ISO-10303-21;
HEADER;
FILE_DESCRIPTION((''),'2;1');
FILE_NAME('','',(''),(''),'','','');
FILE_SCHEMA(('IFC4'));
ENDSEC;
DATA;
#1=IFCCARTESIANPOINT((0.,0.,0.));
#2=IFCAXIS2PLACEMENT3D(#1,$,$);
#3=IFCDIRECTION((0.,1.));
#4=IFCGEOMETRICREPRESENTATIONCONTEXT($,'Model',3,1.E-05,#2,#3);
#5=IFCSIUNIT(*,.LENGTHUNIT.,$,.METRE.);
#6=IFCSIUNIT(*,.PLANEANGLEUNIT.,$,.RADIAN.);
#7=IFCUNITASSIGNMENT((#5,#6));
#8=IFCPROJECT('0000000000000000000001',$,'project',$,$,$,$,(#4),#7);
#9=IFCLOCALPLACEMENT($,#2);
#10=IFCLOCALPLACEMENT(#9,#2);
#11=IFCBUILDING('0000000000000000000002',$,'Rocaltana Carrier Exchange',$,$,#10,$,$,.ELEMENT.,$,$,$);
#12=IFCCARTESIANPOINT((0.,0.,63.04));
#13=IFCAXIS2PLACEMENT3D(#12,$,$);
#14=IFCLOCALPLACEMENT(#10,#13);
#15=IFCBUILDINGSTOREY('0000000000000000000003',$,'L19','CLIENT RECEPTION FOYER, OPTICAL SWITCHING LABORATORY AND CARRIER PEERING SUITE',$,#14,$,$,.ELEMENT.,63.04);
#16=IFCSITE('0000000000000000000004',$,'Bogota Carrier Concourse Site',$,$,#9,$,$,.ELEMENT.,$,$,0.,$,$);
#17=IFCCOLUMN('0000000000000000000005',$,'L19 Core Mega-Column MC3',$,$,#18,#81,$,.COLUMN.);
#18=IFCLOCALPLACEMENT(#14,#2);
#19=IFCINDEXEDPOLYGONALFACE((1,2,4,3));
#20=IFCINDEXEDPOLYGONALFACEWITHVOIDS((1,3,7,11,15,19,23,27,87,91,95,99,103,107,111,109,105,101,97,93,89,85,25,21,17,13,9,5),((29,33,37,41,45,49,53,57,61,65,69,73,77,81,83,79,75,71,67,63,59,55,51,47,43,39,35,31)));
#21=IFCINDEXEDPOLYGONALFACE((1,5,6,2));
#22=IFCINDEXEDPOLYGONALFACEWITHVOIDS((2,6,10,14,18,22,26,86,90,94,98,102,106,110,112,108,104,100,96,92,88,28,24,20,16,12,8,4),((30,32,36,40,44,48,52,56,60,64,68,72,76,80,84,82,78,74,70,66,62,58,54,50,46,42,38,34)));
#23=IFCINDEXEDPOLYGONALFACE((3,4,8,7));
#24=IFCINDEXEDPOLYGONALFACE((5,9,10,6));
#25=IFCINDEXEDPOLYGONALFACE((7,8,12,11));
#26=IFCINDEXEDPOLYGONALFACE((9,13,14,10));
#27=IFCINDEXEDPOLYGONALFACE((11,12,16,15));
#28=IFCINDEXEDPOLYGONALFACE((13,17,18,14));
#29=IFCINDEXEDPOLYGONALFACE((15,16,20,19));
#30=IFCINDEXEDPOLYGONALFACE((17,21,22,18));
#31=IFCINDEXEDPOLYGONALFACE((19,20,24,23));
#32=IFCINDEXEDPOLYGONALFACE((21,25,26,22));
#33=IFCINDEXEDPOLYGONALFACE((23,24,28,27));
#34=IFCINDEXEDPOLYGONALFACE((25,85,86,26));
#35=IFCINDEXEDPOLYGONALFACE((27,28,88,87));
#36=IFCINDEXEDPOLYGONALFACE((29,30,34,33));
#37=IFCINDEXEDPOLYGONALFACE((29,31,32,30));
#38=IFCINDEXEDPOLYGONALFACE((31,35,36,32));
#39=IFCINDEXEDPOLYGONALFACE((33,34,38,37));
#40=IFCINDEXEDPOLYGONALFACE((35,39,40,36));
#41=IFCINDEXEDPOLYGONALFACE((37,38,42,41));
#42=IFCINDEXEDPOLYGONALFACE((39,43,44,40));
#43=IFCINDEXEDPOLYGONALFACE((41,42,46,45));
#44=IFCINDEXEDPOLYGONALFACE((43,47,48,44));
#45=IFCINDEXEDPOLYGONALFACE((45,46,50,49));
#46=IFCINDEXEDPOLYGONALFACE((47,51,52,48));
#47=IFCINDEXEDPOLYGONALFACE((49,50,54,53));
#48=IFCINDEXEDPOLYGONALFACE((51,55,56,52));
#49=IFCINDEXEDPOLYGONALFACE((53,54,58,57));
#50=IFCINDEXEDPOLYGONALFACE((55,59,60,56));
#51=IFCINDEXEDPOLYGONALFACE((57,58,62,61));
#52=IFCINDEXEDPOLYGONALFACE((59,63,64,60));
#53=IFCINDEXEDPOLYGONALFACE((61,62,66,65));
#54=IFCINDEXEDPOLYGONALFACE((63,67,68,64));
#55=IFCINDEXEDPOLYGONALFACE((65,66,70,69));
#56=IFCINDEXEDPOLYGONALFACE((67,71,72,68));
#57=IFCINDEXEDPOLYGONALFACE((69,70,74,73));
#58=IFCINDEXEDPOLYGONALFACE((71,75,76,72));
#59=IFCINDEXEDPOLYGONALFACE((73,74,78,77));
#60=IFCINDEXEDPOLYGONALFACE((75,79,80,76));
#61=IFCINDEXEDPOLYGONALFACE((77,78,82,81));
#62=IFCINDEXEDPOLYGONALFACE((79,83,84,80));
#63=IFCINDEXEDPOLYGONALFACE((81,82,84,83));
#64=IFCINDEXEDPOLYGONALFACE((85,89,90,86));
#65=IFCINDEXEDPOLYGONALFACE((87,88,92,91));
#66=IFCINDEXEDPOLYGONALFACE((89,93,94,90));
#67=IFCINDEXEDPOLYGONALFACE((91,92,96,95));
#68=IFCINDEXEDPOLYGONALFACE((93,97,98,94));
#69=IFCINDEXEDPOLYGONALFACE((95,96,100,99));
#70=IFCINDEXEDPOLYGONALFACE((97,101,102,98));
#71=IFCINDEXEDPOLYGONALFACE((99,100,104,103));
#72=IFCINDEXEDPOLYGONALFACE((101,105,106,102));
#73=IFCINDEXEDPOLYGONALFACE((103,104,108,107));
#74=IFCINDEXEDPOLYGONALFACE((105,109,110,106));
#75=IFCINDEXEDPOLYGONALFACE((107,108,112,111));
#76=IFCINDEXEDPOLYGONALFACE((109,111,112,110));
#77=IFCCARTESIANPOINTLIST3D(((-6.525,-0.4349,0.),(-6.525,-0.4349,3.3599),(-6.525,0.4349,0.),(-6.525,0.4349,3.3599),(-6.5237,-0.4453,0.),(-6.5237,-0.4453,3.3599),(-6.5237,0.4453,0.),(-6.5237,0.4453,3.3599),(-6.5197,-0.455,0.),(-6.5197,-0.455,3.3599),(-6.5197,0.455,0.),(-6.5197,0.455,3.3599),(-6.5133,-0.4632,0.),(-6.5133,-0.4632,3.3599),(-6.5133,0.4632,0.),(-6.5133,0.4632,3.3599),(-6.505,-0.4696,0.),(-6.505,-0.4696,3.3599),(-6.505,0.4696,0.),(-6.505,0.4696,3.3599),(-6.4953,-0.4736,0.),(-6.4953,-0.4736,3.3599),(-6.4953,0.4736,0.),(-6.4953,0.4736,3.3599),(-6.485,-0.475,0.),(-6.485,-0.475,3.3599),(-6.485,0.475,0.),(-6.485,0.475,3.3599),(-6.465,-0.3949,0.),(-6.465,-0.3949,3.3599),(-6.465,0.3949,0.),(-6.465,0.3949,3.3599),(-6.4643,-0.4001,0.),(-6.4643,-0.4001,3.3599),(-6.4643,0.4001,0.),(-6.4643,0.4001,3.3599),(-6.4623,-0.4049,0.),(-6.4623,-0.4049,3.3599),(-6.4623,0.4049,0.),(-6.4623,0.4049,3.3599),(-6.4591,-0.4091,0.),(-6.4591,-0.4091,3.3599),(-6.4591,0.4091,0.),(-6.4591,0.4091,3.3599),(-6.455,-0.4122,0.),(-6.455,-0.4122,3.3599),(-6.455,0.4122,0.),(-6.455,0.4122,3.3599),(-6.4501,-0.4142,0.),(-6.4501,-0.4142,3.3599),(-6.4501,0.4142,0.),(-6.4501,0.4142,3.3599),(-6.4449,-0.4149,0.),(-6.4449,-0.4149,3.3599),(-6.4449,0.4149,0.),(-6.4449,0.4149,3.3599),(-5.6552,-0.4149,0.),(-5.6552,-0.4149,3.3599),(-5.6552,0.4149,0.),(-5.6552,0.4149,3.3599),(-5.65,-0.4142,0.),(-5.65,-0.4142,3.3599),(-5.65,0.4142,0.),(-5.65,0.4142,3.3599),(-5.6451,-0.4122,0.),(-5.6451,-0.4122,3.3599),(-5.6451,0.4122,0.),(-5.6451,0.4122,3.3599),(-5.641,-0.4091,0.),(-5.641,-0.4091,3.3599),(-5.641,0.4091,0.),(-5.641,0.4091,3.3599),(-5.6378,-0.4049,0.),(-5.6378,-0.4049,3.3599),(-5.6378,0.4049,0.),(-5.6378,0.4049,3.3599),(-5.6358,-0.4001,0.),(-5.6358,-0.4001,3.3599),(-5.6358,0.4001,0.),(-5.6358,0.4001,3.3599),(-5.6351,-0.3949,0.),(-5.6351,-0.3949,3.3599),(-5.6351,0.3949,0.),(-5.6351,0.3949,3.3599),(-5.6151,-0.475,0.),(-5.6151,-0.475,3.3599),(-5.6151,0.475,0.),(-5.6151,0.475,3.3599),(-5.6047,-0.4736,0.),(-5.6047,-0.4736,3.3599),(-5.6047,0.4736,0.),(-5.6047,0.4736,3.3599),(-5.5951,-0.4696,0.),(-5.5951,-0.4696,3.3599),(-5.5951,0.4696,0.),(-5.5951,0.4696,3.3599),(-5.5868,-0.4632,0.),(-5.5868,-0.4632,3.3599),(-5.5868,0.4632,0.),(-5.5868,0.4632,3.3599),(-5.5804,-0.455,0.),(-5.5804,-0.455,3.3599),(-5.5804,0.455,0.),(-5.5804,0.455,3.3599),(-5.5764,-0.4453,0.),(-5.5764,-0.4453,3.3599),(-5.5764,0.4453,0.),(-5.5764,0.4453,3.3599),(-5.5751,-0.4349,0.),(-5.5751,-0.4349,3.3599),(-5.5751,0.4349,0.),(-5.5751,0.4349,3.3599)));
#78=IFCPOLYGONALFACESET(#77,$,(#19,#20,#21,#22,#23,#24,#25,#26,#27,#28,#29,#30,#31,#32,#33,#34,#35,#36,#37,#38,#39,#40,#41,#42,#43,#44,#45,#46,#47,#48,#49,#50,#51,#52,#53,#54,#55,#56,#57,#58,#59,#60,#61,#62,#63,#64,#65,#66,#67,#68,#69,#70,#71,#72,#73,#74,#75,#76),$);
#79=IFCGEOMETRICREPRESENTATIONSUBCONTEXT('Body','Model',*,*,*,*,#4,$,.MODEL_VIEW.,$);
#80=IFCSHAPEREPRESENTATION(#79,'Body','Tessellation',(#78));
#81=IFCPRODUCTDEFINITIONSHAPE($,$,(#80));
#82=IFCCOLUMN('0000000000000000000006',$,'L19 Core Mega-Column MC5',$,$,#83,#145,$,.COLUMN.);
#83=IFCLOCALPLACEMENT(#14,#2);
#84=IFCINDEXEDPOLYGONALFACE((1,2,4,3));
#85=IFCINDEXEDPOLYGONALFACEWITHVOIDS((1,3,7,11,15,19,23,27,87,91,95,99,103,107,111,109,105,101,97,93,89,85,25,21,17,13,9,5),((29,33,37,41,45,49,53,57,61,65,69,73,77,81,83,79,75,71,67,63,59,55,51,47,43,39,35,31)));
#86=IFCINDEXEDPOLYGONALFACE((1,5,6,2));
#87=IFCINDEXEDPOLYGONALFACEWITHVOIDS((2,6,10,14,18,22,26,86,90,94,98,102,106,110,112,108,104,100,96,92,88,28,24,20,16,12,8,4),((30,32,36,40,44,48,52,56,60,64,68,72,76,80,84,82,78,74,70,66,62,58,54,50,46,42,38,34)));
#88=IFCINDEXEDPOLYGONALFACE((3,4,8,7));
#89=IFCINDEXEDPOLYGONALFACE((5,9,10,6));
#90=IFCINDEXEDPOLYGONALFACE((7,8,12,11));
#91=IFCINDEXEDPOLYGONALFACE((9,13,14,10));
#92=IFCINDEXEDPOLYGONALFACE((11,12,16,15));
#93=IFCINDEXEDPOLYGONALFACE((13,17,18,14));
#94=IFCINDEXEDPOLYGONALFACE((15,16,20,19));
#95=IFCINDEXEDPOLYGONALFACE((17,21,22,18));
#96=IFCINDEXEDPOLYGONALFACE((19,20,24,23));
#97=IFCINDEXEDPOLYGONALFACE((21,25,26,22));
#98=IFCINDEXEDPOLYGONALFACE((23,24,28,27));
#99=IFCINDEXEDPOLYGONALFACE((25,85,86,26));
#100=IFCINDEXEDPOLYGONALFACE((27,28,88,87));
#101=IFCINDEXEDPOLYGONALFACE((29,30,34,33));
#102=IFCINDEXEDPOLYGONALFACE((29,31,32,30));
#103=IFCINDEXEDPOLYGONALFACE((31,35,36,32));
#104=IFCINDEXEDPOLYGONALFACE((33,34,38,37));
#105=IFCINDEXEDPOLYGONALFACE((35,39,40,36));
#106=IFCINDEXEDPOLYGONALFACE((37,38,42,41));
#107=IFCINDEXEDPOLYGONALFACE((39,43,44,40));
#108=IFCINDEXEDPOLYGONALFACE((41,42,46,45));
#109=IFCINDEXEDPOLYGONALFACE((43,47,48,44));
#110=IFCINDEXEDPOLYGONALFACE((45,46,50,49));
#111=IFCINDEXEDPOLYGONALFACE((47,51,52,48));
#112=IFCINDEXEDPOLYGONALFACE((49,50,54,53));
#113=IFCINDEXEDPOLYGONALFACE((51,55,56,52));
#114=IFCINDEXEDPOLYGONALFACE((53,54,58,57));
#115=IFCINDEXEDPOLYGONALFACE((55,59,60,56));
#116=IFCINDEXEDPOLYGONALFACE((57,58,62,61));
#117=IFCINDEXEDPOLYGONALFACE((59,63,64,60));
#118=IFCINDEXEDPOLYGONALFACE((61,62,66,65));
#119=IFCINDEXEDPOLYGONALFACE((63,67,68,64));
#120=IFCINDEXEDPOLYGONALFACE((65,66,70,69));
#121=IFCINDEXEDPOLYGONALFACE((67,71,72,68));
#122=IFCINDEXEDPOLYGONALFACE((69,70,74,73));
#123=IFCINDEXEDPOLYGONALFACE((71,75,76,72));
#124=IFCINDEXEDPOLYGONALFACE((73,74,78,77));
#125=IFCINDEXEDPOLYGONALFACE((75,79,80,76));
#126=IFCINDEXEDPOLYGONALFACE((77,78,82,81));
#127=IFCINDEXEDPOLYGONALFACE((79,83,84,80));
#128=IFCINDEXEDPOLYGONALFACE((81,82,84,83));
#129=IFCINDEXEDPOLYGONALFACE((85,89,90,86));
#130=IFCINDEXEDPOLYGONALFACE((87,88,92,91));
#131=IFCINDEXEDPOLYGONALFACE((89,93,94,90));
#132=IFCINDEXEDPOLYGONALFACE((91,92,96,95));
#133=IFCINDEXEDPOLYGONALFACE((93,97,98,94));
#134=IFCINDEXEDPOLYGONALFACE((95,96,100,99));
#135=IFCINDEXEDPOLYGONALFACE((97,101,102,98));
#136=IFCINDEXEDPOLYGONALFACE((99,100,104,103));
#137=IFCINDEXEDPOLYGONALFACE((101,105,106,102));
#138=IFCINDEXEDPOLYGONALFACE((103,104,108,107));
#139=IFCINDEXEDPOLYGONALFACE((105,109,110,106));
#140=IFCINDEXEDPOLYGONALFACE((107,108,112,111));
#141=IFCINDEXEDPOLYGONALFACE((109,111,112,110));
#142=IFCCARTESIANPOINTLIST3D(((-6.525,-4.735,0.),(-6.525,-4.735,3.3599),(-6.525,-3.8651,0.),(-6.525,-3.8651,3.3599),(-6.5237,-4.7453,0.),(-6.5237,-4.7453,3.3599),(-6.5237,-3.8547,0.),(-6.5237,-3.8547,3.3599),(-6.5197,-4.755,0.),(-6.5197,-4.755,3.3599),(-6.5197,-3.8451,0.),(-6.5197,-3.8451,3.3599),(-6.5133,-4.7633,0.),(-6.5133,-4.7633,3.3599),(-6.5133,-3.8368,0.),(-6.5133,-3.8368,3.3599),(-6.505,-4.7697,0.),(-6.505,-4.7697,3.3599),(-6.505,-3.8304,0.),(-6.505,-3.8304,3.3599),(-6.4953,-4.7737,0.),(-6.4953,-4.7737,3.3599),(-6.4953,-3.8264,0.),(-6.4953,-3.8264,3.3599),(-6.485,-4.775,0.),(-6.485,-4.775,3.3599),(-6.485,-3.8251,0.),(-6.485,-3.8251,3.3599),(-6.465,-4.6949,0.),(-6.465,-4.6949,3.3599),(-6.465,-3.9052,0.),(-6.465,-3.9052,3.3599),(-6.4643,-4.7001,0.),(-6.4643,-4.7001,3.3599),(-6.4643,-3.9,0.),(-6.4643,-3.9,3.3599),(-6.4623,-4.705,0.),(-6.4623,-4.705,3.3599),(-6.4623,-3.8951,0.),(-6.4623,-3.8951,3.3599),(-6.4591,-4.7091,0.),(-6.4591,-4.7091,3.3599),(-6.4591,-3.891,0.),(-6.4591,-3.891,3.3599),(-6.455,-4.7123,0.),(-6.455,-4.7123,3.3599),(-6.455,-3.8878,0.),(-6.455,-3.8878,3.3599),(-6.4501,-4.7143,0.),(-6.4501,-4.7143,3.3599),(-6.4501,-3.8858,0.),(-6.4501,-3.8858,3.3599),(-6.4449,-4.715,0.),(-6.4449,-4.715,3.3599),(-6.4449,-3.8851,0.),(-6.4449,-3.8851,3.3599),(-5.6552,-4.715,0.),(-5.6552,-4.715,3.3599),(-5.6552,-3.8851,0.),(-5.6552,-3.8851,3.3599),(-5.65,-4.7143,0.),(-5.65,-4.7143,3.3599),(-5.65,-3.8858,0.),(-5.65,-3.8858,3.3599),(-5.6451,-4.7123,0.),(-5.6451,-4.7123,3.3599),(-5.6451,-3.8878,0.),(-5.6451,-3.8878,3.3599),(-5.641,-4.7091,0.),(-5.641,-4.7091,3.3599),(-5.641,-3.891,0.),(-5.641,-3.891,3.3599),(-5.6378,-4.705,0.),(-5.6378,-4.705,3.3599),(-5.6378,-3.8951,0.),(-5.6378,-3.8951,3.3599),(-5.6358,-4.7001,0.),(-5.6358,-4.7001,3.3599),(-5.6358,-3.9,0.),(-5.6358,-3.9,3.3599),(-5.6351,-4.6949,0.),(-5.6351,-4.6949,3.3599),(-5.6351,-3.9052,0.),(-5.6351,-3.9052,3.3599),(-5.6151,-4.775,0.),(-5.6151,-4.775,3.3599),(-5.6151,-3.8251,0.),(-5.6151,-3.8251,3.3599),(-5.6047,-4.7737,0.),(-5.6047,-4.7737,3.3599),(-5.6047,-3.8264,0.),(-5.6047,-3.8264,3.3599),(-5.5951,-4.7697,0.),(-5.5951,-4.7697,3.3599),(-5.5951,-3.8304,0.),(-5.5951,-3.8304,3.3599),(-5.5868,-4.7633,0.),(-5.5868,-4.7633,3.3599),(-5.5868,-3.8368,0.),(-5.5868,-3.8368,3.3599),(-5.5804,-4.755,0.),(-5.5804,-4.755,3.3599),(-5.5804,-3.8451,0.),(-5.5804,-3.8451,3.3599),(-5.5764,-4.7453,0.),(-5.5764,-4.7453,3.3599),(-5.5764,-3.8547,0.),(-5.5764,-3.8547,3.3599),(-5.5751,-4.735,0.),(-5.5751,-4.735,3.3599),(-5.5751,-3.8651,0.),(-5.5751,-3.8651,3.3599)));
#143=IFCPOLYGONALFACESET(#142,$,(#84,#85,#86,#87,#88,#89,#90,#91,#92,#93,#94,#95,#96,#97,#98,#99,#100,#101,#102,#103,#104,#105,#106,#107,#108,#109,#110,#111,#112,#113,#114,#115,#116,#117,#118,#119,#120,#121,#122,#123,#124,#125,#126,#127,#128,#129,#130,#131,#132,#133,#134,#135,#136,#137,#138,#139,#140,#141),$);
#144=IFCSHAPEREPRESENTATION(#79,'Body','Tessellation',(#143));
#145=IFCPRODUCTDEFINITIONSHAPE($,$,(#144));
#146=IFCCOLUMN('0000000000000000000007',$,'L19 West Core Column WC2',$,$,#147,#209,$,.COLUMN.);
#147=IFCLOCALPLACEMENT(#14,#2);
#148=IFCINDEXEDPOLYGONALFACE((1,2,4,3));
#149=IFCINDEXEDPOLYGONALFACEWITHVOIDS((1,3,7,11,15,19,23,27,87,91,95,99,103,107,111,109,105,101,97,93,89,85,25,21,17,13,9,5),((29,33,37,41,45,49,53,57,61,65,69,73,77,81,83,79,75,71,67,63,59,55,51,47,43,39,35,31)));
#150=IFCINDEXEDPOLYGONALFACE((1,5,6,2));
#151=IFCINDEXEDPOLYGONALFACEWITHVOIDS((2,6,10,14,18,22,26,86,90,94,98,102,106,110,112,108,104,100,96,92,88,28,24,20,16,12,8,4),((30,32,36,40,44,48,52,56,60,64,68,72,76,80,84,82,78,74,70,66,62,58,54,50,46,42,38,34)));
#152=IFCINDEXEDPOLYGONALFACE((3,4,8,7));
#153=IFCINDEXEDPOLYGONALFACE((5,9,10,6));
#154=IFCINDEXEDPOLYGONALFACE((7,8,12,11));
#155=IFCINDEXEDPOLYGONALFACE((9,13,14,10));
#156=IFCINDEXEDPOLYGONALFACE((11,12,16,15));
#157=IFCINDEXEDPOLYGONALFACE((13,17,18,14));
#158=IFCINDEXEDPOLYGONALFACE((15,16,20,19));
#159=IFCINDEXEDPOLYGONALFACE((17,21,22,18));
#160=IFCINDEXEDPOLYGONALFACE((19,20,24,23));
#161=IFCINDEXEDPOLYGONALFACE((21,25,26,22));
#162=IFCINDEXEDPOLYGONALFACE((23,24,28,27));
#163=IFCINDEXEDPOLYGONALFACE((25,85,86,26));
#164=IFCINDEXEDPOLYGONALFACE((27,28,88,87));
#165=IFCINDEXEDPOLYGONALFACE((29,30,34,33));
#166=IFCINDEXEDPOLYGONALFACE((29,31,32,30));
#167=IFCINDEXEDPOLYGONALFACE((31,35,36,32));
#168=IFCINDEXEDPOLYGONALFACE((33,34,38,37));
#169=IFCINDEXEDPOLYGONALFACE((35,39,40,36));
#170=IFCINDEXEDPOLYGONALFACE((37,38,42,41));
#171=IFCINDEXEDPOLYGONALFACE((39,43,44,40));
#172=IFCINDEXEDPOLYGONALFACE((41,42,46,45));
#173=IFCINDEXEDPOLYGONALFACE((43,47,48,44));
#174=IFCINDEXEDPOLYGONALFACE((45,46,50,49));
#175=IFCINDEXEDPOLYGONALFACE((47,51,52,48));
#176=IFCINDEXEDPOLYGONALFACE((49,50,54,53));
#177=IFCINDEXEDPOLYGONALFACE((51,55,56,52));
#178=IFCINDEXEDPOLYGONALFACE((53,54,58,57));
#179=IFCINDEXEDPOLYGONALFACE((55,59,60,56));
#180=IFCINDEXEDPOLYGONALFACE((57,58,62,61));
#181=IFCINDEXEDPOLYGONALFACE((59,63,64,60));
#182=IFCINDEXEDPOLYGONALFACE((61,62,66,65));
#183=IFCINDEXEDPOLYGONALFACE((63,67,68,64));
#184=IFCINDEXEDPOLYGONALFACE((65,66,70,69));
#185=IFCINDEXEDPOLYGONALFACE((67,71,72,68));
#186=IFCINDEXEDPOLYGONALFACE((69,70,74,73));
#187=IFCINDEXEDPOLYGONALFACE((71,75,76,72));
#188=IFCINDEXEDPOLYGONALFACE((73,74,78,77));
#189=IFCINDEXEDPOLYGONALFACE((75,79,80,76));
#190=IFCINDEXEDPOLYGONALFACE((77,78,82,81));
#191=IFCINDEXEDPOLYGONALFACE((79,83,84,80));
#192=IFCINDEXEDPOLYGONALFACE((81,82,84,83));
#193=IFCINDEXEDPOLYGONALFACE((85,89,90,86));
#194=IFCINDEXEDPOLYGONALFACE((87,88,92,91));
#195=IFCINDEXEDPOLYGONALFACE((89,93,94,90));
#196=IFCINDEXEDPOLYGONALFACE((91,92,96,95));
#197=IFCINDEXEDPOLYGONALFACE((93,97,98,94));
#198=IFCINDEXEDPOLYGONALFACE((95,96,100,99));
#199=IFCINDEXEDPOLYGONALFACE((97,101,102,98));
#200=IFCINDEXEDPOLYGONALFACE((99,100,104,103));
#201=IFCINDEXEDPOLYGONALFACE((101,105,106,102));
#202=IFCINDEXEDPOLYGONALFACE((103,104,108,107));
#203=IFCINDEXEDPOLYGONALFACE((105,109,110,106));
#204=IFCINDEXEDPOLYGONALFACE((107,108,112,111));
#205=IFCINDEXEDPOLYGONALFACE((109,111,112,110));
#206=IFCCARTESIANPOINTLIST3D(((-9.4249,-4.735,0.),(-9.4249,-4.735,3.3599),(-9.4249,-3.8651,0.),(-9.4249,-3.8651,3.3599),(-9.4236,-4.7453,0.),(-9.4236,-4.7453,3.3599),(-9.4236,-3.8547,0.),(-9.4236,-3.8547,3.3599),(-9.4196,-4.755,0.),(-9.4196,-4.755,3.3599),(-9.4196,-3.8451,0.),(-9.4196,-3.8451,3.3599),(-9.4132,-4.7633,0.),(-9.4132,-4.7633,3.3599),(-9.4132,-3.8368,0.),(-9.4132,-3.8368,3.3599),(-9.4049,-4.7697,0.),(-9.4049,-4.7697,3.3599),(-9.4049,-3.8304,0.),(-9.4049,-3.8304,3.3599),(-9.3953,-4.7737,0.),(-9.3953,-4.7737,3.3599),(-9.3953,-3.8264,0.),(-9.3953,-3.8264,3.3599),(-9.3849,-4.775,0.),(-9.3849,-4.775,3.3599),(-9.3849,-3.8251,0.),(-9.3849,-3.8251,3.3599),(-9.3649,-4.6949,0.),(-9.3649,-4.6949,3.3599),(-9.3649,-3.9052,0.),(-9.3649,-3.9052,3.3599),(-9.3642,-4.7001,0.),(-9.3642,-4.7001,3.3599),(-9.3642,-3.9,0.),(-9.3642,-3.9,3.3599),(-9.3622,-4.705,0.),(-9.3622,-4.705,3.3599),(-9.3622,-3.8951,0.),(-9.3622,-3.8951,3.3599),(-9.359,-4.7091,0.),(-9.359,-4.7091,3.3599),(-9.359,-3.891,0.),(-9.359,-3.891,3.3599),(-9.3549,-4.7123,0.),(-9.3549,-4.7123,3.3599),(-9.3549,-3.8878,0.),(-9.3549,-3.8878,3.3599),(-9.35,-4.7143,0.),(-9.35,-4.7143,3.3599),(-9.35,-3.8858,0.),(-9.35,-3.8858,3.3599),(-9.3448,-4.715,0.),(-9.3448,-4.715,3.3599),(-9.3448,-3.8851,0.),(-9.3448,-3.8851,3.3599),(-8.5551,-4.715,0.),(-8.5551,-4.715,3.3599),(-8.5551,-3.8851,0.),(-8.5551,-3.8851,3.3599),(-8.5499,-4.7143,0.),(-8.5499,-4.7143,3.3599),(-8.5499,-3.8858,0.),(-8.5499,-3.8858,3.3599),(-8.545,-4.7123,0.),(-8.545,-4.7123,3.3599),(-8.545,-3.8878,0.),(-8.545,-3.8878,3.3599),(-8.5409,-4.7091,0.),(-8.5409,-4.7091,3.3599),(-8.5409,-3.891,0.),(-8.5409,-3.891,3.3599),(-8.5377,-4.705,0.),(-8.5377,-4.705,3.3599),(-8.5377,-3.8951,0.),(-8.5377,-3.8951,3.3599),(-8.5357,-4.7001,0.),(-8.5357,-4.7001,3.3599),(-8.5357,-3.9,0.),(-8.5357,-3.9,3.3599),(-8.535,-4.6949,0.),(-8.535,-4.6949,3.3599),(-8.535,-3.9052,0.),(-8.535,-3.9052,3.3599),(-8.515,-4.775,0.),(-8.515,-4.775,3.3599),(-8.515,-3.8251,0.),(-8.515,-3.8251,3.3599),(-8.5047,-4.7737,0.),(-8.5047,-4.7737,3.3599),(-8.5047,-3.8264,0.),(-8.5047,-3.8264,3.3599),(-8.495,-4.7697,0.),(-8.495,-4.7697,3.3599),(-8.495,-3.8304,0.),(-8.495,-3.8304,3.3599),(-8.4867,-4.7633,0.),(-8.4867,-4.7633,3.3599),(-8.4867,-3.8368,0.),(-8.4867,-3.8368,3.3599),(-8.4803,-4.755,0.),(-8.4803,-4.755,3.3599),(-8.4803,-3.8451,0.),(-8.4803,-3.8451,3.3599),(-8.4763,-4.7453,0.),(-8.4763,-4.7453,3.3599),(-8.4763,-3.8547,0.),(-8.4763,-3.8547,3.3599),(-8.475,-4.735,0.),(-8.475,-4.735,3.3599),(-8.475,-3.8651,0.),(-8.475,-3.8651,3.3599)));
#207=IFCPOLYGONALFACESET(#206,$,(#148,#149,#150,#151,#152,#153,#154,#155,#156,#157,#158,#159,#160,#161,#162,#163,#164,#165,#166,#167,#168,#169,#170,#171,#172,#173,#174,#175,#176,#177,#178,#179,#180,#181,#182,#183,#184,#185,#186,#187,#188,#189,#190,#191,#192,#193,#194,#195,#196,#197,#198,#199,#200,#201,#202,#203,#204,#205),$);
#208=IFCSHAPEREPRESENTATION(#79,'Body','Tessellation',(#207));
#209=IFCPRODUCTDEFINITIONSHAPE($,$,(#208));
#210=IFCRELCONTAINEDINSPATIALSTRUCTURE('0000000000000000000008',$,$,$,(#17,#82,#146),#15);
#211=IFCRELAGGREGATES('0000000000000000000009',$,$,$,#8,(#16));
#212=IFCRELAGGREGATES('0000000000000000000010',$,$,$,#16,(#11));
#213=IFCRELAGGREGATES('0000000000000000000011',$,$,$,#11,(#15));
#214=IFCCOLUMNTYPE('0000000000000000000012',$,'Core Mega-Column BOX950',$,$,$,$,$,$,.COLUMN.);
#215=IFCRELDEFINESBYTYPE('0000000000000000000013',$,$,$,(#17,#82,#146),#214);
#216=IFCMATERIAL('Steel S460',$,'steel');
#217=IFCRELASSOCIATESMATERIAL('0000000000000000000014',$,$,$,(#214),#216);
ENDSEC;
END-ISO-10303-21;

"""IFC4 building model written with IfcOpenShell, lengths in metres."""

from ifc_helpers import new_model, si_unit, direction, frame, origin, origin_2d, place, context, subcontext, project, spatial, hollow_rectangle, extrude, material, material_profile, profile_set, type_object, element, save


model = new_model("IFC4")

# Units and contexts
model_context = context("Model", 3, precision=1e-05, world=origin(), true_north=direction((0.0, 1.0)))
body_context = subcontext(model_context, "Body", "Model", "MODEL_VIEW")
ifc_project = project(units=[si_unit("LENGTHUNIT", "METRE"), si_unit("PLANEANGLEUNIT", "RADIAN")], contexts=[model_context])

# Site, building, storey
site_placement = place(None, origin())
site = spatial("IfcSite", under=ifc_project, at=site_placement, Name="Bogota Carrier Concourse Site", CompositionType="ELEMENT", RefElevation=0.0)
building_placement = place(site_placement, origin())
building = spatial("IfcBuilding", under=site, at=building_placement, Name="Rocaltana Carrier Exchange", CompositionType="ELEMENT")
storey_placement = place(building_placement, frame((0.0, 0.0, 63.04)))
storey = spatial("IfcBuildingStorey", under=building, at=storey_placement, Name="L19", Description="CLIENT RECEPTION FOYER, OPTICAL SWITCHING LABORATORY AND CARRIER PEERING SUITE", CompositionType="ELEMENT", Elevation=63.04)

# Columns
ifc_material_1 = material(Name="Steel S460", Category="steel")
ifc_material_profile_1 = material_profile(ifc_material_1, hollow_rectangle(XDim=0.95, YDim=0.95, WallThickness=0.0601, InnerFilletRadius=0.02, OuterFilletRadius=0.04, at=origin_2d()), Name="BOX950X950X60")
ifc_profile_set_1 = profile_set([ifc_material_profile_1], Name="Steel S460")
column_type = type_object("IfcColumnType", Name="Core Mega-Column BOX950", PredefinedType="COLUMN", material=ifc_profile_set_1)
for number, where, z_axis, x_axis, name in (
    (1, (-6.05, 0.0, 0.0), (0.0, 0.0, 1.0), (1.0, 0.0, 0.0), "L19 Core Mega-Column MC3"),
    (2, (-6.05, -4.3, 0.0), (0.0, 0.0, 1.0), (1.0, 0.0, 0.0), "L19 Core Mega-Column MC5"),
    (3, (-8.95, -4.3, 0.0), (0.0, 0.0, 1.0), (1.0, 0.0, 0.0), "L19 West Core Column WC2"),
):
    element("IfcColumn", number, at=place(storey_placement, frame(where, z_axis=z_axis, x_axis=x_axis)), inside=storey, type_object=column_type, Name=name, PredefinedType="COLUMN", context=body_context, shape_type="SweptSolid", body=[
        extrude(hollow_rectangle(XDim=0.95, YDim=0.95, WallThickness=0.0601, InnerFilletRadius=0.02, OuterFilletRadius=0.04, at=origin_2d()), origin(), (0.0, 0.0, 1.0), 3.3599),
    ])

save(model, "model.ifc")
